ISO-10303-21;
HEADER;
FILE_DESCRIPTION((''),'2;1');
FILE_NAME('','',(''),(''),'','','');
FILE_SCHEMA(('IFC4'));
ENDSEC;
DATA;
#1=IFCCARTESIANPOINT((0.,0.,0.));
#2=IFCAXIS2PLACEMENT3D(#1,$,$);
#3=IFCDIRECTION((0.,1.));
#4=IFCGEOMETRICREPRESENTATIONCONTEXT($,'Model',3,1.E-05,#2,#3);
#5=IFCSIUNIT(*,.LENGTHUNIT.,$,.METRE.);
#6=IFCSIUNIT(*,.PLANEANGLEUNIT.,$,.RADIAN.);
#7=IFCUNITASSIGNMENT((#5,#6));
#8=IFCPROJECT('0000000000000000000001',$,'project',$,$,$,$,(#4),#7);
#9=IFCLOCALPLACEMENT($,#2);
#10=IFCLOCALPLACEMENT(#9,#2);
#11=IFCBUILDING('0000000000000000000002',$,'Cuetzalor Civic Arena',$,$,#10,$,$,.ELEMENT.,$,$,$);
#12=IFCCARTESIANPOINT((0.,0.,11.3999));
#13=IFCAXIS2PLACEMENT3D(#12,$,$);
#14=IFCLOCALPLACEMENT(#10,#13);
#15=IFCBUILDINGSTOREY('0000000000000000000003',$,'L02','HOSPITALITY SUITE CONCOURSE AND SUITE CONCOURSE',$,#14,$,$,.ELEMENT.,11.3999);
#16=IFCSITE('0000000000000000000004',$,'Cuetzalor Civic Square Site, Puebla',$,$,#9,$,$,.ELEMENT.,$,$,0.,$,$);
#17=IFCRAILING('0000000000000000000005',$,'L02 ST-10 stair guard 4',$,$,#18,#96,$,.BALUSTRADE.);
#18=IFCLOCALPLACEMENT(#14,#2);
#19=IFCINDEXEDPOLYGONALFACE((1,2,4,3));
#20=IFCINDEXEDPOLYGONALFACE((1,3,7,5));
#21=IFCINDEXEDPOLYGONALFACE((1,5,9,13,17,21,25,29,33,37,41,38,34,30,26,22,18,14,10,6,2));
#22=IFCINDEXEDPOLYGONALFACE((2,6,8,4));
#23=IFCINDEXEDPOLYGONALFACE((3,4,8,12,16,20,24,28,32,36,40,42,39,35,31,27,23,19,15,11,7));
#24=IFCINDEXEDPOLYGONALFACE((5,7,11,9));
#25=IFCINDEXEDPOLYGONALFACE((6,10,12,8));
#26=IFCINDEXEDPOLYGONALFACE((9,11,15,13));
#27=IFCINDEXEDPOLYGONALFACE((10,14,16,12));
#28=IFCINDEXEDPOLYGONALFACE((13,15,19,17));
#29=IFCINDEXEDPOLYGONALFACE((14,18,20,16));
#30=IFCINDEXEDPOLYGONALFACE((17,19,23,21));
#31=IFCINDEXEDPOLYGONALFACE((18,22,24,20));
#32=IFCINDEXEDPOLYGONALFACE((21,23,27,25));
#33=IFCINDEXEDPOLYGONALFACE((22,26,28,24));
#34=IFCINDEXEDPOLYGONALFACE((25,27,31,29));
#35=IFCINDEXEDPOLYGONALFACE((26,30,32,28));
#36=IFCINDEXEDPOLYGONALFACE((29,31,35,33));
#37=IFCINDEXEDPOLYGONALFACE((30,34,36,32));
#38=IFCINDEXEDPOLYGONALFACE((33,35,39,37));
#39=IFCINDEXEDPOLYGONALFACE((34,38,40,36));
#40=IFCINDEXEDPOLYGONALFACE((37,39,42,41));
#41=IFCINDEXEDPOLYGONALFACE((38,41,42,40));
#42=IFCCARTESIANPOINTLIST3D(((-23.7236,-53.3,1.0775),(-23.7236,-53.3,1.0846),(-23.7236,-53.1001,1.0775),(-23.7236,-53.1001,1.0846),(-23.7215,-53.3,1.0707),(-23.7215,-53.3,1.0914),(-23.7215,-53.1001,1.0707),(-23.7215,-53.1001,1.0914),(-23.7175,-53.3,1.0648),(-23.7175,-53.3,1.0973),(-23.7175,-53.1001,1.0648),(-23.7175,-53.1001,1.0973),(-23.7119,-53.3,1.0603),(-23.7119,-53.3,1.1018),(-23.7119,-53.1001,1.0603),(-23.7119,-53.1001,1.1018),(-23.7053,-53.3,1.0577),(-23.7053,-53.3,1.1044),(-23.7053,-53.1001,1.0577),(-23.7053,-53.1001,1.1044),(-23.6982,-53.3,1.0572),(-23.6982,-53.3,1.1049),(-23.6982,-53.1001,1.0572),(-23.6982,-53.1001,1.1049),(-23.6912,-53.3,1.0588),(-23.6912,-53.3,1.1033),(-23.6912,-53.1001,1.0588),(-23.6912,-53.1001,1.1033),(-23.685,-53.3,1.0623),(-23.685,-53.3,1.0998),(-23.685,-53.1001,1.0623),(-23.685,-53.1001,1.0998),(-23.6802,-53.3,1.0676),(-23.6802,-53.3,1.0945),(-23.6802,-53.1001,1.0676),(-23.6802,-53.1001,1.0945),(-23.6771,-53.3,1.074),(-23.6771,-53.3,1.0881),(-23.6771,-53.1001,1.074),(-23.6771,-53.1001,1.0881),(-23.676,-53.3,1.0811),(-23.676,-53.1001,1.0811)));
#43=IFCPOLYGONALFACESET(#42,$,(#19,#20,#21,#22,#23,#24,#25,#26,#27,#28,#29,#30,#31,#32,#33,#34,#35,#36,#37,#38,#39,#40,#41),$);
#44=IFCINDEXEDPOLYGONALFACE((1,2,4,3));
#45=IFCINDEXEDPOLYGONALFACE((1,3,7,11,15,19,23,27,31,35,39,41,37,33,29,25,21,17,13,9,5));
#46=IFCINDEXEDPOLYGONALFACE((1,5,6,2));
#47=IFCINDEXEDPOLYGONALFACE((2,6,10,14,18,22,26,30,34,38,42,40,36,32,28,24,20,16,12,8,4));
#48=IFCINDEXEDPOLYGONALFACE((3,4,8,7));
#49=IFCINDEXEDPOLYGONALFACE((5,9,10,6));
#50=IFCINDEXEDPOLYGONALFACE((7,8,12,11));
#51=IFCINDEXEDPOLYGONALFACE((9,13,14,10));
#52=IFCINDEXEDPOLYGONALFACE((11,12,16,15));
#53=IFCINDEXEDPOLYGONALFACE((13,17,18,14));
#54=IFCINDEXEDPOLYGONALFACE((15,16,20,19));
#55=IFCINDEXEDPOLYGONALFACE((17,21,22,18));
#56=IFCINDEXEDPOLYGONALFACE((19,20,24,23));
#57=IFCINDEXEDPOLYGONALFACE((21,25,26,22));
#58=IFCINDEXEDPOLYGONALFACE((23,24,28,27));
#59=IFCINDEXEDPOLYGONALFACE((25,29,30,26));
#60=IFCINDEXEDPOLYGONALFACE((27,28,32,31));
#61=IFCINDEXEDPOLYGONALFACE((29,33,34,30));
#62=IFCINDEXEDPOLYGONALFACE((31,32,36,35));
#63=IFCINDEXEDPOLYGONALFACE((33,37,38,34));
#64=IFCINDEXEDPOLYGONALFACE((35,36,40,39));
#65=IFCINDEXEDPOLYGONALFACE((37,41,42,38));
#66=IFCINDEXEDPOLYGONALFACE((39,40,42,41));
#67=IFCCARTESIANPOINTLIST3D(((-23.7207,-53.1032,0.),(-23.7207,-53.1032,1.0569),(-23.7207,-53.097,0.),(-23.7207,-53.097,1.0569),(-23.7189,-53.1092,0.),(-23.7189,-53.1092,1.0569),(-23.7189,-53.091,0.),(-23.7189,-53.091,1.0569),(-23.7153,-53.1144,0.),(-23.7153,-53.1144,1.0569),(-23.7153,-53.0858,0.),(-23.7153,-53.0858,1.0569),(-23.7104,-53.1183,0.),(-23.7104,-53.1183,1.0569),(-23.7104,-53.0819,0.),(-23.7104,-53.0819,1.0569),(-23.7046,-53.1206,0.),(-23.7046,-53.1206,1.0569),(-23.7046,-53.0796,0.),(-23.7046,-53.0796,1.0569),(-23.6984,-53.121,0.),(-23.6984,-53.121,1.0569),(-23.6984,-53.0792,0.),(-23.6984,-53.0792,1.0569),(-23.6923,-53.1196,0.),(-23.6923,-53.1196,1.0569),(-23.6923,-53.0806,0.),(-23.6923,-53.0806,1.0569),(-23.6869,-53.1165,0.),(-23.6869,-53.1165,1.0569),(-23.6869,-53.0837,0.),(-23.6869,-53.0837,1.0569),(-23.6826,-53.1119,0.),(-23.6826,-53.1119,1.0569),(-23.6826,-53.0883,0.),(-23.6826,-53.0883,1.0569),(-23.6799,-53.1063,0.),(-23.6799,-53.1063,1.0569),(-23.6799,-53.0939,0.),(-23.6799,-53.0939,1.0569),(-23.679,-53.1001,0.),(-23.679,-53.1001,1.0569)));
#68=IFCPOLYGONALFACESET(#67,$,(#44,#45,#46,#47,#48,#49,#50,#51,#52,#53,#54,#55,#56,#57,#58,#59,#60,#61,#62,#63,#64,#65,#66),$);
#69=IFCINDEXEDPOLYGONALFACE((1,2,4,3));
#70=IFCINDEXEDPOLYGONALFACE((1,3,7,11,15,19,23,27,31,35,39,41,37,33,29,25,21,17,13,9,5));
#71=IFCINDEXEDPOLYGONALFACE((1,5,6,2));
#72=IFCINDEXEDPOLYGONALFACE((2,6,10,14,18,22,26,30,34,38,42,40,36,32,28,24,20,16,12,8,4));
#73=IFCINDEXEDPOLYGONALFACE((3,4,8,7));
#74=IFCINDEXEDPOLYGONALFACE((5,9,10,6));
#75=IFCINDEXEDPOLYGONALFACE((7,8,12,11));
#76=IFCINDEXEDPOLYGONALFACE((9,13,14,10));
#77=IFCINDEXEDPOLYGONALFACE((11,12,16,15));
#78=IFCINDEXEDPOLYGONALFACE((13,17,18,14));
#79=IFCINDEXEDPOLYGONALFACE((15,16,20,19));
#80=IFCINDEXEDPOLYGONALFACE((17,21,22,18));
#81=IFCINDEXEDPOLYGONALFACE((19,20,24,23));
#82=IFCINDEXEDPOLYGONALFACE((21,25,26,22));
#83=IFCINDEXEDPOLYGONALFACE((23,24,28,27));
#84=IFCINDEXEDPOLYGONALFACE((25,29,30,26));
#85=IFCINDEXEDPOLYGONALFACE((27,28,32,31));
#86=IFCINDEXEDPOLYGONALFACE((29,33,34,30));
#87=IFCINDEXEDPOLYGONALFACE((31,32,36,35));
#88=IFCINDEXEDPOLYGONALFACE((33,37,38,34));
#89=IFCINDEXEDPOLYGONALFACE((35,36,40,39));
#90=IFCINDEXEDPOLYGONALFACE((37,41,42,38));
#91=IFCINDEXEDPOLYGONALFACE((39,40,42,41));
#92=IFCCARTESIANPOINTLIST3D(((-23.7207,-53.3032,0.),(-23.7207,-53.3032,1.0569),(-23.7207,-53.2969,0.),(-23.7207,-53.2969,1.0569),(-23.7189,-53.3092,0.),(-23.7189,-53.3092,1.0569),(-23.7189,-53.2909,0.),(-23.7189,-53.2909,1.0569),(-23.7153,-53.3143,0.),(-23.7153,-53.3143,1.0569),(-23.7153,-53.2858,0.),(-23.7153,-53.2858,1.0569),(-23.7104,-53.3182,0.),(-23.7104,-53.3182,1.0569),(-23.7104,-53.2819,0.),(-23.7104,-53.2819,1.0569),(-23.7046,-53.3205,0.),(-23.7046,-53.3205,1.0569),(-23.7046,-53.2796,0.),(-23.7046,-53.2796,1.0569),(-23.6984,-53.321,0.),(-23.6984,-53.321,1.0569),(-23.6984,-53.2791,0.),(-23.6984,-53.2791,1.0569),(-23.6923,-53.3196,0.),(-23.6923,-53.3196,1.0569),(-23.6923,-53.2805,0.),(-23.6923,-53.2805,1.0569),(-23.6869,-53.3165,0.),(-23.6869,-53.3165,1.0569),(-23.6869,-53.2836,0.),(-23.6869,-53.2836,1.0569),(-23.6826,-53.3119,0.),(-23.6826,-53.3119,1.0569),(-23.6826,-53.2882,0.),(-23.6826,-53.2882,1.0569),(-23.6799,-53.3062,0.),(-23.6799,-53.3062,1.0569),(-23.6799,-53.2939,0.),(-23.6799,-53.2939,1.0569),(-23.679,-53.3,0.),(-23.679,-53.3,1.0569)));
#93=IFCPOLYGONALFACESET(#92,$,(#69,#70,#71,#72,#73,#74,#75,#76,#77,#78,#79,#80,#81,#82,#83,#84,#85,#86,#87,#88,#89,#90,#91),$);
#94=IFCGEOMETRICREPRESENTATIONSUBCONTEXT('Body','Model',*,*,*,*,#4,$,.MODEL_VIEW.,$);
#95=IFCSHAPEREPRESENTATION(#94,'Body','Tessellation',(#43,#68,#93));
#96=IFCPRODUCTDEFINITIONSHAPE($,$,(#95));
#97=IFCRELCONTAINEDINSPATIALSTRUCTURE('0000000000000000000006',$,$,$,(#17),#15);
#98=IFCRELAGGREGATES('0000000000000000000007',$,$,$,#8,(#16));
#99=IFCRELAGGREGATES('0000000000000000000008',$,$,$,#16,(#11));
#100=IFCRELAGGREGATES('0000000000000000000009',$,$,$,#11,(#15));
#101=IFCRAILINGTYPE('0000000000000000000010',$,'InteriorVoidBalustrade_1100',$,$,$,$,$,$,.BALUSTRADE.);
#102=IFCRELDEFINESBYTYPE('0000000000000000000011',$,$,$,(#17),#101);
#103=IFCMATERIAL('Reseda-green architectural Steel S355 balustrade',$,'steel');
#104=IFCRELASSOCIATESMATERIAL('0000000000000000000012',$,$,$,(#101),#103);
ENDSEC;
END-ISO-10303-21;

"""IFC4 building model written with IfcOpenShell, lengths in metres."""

from ifc_helpers import new_model, si_unit, direction, frame, origin, origin_2d, place, context, subcontext, project, spatial, circle, extrude, material, type_object, element, save


model = new_model("IFC4")

# Units and contexts
model_context = context("Model", 3, precision=1e-05, world=origin(), true_north=direction((0.0, 1.0)))
body_context = subcontext(model_context, "Body", "Model", "MODEL_VIEW")
ifc_project = project(units=[si_unit("LENGTHUNIT", "METRE"), si_unit("PLANEANGLEUNIT", "RADIAN")], contexts=[model_context])

# Site, building, storey
site_placement = place(None, origin())
site = spatial("IfcSite", under=ifc_project, at=site_placement, Name="Cuetzalor Civic Square Site, Puebla", CompositionType="ELEMENT", RefElevation=0.0)
building_placement = place(site_placement, origin())
building = spatial("IfcBuilding", under=site, at=building_placement, Name="Cuetzalor Civic Arena", CompositionType="ELEMENT")
storey_placement = place(building_placement, frame((0.0, 0.0, 11.3999)))
storey = spatial("IfcBuildingStorey", under=building, at=storey_placement, Name="L02", Description="HOSPITALITY SUITE CONCOURSE AND SUITE CONCOURSE", CompositionType="ELEMENT", Elevation=11.3999)

# Railing
ifc_material_1 = material(Name="Reseda-green architectural Steel S355 balustrade", Category="steel")
railing_type_1 = type_object("IfcRailingType", Name="InteriorVoidBalustrade_1100", PredefinedType="BALUSTRADE", material=ifc_material_1)
railing_1_placement = place(storey_placement, frame((-23.7, -53.1001, 0.0)))
element("IfcRailing", 1, at=railing_1_placement, inside=storey, type_object=railing_type_1, Name="L02 ST-10 stair guard 4", PredefinedType="BALUSTRADE", context=body_context, shape_type="SweptSolid", body=[
    extrude(circle(Radius=0.0239, at=origin_2d()), frame((0.0, 0.0, 1.0811), z_axis=(0.0, -1.0, 0.0), x_axis=(1.0, 0.0, 0.0)), (0.0, 0.0, 1.0), 0.2),
    extrude(circle(Radius=0.021, at=origin_2d()), origin(), (0.0, 0.0, 1.0), 1.0569),
    extrude(circle(Radius=0.021, at=origin_2d()), frame((0.0, -0.2, 0.0)), (0.0, 0.0, 1.0), 1.0569),
])

save(model, "model.ifc")
